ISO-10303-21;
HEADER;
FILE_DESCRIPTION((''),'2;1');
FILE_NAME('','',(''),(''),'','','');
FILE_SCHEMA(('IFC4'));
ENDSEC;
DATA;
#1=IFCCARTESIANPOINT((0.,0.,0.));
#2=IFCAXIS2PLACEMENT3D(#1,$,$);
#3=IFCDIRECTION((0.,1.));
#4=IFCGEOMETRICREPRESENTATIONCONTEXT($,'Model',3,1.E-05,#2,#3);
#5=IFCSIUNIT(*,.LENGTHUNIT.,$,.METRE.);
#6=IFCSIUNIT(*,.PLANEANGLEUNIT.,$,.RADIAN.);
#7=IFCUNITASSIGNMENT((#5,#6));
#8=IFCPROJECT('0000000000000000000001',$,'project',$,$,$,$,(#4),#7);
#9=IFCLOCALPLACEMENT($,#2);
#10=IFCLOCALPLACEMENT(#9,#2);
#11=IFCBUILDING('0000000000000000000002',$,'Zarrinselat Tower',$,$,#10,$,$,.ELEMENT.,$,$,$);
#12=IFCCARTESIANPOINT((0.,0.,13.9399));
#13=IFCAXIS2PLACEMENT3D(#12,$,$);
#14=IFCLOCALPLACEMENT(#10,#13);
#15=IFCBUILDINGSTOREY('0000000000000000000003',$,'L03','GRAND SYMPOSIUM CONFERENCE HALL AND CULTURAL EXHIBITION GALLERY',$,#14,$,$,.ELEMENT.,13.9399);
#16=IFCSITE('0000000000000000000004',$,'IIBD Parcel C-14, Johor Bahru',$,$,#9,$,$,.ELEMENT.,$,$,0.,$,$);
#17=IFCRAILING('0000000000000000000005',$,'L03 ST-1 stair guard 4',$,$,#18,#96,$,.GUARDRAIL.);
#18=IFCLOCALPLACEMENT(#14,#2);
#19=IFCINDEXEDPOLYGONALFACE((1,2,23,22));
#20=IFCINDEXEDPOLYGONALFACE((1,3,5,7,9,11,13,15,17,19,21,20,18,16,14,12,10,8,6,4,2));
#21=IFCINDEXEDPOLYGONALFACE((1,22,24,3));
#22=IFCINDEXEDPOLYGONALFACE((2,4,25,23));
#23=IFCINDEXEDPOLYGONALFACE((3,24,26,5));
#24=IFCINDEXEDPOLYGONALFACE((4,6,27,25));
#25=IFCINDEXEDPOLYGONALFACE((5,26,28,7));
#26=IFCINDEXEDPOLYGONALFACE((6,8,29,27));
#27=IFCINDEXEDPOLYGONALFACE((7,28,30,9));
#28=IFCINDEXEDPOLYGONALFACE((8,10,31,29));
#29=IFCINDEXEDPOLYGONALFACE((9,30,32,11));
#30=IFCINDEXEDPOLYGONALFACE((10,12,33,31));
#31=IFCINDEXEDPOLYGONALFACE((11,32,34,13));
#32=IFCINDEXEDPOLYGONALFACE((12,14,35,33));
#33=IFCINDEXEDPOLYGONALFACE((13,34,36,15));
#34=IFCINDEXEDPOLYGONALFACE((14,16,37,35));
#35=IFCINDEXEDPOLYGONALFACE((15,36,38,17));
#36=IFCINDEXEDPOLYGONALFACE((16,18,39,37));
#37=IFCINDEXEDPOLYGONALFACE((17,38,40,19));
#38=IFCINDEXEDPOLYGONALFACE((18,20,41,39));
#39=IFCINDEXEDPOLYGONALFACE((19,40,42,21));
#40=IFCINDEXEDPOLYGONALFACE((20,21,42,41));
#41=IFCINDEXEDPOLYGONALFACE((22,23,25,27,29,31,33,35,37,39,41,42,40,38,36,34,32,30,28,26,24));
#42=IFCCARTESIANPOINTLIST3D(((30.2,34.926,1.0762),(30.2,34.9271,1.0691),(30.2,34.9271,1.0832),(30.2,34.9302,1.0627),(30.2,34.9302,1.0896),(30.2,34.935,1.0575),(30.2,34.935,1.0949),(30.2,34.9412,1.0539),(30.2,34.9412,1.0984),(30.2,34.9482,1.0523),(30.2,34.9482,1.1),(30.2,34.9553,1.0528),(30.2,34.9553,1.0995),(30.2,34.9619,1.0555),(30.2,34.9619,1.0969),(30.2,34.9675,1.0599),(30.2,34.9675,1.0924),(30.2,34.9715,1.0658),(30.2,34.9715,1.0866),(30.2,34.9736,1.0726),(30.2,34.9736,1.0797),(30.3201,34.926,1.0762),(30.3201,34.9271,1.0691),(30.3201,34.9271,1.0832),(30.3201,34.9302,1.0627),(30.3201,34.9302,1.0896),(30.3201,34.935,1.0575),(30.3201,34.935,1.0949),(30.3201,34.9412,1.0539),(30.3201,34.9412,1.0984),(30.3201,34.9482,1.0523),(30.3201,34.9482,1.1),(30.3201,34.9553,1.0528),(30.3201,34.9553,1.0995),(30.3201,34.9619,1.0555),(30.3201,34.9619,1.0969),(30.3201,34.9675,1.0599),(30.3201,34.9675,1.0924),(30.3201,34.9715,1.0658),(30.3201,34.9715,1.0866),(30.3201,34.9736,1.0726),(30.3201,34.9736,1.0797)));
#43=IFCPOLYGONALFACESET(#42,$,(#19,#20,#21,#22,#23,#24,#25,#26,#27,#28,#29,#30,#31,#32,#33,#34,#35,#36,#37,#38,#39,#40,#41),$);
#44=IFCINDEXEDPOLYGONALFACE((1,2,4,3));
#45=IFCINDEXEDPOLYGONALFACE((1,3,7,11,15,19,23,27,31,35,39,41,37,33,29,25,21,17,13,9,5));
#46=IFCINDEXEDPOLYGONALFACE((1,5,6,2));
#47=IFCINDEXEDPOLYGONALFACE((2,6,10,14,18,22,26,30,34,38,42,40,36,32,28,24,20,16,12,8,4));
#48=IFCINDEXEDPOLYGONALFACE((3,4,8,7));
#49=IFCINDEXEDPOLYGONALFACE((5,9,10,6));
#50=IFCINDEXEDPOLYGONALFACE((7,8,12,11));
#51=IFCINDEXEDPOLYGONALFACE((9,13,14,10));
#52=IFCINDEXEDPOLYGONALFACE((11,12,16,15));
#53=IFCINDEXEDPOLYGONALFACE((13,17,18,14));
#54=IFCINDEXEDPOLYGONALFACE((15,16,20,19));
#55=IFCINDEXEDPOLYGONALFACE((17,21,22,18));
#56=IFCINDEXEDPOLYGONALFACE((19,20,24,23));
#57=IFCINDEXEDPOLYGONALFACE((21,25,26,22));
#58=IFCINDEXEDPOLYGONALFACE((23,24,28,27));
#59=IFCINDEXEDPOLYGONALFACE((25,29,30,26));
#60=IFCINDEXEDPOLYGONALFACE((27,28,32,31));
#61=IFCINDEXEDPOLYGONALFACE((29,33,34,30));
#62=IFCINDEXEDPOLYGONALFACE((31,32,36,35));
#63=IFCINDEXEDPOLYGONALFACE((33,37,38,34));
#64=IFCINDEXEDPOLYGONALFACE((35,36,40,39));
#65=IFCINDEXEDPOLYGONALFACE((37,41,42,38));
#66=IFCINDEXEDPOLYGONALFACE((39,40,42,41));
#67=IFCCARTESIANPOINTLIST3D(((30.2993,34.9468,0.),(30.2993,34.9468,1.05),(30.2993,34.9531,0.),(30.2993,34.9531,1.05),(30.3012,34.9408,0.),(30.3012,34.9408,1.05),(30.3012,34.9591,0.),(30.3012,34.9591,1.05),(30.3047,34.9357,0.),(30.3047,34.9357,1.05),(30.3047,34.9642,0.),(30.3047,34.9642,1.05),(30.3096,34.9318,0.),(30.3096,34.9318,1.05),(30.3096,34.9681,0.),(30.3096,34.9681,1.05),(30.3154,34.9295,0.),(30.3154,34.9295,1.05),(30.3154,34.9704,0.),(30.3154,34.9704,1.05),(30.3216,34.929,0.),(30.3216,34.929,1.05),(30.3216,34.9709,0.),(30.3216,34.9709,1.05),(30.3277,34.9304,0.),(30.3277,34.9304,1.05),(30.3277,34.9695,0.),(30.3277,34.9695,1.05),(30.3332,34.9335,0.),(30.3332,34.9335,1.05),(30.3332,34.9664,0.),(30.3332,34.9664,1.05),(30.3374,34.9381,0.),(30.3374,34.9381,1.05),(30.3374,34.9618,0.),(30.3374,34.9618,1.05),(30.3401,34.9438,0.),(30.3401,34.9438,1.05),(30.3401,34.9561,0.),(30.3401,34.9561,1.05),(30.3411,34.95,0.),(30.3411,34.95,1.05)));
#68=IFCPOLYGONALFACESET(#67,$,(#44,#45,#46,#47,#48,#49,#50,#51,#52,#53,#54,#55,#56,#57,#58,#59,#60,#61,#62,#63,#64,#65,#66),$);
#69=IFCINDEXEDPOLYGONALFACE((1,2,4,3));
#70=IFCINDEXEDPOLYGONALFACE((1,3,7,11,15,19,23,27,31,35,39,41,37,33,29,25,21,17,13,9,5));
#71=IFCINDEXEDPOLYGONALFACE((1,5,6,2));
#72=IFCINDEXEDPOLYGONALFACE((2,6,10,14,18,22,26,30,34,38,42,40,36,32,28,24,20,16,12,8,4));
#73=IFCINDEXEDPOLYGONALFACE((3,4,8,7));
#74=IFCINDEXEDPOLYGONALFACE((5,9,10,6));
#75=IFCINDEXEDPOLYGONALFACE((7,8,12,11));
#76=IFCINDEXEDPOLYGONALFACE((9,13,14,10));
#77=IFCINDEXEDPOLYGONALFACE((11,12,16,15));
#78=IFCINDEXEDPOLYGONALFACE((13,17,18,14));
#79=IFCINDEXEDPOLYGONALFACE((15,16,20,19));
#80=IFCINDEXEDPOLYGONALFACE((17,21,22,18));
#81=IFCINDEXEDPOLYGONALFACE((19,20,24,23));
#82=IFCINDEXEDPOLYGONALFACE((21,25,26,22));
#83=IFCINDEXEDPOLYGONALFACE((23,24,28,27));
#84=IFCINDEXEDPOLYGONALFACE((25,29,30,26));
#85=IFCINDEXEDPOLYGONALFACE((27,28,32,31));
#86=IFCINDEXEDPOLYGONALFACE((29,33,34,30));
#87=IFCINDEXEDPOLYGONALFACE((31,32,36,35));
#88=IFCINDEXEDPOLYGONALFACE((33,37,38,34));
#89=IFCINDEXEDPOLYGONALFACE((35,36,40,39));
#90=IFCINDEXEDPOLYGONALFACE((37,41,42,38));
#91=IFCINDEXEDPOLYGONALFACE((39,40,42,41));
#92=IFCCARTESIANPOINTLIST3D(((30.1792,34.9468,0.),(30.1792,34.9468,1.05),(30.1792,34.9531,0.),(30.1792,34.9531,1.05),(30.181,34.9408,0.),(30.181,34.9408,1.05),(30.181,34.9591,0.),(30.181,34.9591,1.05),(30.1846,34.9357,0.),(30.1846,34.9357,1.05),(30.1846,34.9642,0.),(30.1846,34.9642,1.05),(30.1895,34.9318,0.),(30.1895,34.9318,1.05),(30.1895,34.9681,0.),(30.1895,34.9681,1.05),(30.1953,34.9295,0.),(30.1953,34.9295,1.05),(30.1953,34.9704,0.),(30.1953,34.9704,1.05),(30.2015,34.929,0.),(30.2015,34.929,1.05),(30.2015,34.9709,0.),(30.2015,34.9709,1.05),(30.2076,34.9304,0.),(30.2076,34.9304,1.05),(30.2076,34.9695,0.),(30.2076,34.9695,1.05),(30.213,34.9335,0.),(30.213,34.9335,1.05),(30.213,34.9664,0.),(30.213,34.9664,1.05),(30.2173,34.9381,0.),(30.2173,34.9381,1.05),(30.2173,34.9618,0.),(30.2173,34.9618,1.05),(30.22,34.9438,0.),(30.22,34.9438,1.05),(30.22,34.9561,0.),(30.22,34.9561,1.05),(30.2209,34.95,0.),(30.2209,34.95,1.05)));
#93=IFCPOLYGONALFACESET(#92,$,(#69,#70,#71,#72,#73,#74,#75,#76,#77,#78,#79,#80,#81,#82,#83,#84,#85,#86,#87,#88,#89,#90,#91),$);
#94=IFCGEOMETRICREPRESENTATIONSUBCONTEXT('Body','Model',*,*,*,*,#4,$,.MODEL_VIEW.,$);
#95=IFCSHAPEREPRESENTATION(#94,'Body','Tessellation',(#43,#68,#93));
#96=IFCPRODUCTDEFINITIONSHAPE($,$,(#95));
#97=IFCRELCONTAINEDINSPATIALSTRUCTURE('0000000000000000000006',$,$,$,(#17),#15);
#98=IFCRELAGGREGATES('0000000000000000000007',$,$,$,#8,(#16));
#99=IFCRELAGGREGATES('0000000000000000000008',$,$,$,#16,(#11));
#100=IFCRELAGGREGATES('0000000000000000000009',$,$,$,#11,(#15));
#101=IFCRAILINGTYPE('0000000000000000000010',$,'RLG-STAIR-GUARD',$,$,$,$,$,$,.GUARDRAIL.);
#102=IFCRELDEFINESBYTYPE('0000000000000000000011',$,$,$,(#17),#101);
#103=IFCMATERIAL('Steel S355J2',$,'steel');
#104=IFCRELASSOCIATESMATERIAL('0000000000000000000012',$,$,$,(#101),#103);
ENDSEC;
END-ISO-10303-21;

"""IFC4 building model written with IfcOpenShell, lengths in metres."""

from ifc_helpers import new_model, si_unit, direction, frame, origin, origin_2d, place, context, subcontext, project, spatial, circle, extrude, material, type_object, element, save


model = new_model("IFC4")

# Units and contexts
model_context = context("Model", 3, precision=1e-05, world=origin(), true_north=direction((0.0, 1.0)))
body_context = subcontext(model_context, "Body", "Model", "MODEL_VIEW")
ifc_project = project(units=[si_unit("LENGTHUNIT", "METRE"), si_unit("PLANEANGLEUNIT", "RADIAN")], contexts=[model_context])

# Site, building, storey
site_placement = place(None, origin())
site = spatial("IfcSite", under=ifc_project, at=site_placement, Name="IIBD Parcel C-14, Johor Bahru", CompositionType="ELEMENT", RefElevation=0.0)
building_placement = place(site_placement, origin())
building = spatial("IfcBuilding", under=site, at=building_placement, Name="Zarrinselat Tower", CompositionType="ELEMENT")
storey_placement = place(building_placement, frame((0.0, 0.0, 13.9399)))
storey = spatial("IfcBuildingStorey", under=building, at=storey_placement, Name="L03", Description="GRAND SYMPOSIUM CONFERENCE HALL AND CULTURAL EXHIBITION GALLERY", CompositionType="ELEMENT", Elevation=13.9399)

# Railing
ifc_material_1 = material(Name="Steel S355J2", Category="steel")
railing_type_1 = type_object("IfcRailingType", Name="RLG-STAIR-GUARD", PredefinedType="GUARDRAIL", material=ifc_material_1)
railing_1_placement = place(storey_placement, frame((30.3201, 34.95, 0.0)))
element("IfcRailing", 1, at=railing_1_placement, inside=storey, type_object=railing_type_1, Name="L03 ST-1 stair guard 4", PredefinedType="GUARDRAIL", context=body_context, shape_type="SweptSolid", body=[
    extrude(circle(Radius=0.0239, at=origin_2d()), frame((0.0, 0.0, 1.0762), z_axis=(-1.0, 0.0, 0.0), x_axis=(0.0, -1.0, 0.0)), (0.0, 0.0, 1.0), 0.1201),
    extrude(circle(Radius=0.021, at=origin_2d()), origin(), (0.0, 0.0, 1.0), 1.05),
    extrude(circle(Radius=0.021, at=origin_2d()), frame((-0.1201, 0.0, 0.0)), (0.0, 0.0, 1.0), 1.05),
])

save(model, "model.ifc")
